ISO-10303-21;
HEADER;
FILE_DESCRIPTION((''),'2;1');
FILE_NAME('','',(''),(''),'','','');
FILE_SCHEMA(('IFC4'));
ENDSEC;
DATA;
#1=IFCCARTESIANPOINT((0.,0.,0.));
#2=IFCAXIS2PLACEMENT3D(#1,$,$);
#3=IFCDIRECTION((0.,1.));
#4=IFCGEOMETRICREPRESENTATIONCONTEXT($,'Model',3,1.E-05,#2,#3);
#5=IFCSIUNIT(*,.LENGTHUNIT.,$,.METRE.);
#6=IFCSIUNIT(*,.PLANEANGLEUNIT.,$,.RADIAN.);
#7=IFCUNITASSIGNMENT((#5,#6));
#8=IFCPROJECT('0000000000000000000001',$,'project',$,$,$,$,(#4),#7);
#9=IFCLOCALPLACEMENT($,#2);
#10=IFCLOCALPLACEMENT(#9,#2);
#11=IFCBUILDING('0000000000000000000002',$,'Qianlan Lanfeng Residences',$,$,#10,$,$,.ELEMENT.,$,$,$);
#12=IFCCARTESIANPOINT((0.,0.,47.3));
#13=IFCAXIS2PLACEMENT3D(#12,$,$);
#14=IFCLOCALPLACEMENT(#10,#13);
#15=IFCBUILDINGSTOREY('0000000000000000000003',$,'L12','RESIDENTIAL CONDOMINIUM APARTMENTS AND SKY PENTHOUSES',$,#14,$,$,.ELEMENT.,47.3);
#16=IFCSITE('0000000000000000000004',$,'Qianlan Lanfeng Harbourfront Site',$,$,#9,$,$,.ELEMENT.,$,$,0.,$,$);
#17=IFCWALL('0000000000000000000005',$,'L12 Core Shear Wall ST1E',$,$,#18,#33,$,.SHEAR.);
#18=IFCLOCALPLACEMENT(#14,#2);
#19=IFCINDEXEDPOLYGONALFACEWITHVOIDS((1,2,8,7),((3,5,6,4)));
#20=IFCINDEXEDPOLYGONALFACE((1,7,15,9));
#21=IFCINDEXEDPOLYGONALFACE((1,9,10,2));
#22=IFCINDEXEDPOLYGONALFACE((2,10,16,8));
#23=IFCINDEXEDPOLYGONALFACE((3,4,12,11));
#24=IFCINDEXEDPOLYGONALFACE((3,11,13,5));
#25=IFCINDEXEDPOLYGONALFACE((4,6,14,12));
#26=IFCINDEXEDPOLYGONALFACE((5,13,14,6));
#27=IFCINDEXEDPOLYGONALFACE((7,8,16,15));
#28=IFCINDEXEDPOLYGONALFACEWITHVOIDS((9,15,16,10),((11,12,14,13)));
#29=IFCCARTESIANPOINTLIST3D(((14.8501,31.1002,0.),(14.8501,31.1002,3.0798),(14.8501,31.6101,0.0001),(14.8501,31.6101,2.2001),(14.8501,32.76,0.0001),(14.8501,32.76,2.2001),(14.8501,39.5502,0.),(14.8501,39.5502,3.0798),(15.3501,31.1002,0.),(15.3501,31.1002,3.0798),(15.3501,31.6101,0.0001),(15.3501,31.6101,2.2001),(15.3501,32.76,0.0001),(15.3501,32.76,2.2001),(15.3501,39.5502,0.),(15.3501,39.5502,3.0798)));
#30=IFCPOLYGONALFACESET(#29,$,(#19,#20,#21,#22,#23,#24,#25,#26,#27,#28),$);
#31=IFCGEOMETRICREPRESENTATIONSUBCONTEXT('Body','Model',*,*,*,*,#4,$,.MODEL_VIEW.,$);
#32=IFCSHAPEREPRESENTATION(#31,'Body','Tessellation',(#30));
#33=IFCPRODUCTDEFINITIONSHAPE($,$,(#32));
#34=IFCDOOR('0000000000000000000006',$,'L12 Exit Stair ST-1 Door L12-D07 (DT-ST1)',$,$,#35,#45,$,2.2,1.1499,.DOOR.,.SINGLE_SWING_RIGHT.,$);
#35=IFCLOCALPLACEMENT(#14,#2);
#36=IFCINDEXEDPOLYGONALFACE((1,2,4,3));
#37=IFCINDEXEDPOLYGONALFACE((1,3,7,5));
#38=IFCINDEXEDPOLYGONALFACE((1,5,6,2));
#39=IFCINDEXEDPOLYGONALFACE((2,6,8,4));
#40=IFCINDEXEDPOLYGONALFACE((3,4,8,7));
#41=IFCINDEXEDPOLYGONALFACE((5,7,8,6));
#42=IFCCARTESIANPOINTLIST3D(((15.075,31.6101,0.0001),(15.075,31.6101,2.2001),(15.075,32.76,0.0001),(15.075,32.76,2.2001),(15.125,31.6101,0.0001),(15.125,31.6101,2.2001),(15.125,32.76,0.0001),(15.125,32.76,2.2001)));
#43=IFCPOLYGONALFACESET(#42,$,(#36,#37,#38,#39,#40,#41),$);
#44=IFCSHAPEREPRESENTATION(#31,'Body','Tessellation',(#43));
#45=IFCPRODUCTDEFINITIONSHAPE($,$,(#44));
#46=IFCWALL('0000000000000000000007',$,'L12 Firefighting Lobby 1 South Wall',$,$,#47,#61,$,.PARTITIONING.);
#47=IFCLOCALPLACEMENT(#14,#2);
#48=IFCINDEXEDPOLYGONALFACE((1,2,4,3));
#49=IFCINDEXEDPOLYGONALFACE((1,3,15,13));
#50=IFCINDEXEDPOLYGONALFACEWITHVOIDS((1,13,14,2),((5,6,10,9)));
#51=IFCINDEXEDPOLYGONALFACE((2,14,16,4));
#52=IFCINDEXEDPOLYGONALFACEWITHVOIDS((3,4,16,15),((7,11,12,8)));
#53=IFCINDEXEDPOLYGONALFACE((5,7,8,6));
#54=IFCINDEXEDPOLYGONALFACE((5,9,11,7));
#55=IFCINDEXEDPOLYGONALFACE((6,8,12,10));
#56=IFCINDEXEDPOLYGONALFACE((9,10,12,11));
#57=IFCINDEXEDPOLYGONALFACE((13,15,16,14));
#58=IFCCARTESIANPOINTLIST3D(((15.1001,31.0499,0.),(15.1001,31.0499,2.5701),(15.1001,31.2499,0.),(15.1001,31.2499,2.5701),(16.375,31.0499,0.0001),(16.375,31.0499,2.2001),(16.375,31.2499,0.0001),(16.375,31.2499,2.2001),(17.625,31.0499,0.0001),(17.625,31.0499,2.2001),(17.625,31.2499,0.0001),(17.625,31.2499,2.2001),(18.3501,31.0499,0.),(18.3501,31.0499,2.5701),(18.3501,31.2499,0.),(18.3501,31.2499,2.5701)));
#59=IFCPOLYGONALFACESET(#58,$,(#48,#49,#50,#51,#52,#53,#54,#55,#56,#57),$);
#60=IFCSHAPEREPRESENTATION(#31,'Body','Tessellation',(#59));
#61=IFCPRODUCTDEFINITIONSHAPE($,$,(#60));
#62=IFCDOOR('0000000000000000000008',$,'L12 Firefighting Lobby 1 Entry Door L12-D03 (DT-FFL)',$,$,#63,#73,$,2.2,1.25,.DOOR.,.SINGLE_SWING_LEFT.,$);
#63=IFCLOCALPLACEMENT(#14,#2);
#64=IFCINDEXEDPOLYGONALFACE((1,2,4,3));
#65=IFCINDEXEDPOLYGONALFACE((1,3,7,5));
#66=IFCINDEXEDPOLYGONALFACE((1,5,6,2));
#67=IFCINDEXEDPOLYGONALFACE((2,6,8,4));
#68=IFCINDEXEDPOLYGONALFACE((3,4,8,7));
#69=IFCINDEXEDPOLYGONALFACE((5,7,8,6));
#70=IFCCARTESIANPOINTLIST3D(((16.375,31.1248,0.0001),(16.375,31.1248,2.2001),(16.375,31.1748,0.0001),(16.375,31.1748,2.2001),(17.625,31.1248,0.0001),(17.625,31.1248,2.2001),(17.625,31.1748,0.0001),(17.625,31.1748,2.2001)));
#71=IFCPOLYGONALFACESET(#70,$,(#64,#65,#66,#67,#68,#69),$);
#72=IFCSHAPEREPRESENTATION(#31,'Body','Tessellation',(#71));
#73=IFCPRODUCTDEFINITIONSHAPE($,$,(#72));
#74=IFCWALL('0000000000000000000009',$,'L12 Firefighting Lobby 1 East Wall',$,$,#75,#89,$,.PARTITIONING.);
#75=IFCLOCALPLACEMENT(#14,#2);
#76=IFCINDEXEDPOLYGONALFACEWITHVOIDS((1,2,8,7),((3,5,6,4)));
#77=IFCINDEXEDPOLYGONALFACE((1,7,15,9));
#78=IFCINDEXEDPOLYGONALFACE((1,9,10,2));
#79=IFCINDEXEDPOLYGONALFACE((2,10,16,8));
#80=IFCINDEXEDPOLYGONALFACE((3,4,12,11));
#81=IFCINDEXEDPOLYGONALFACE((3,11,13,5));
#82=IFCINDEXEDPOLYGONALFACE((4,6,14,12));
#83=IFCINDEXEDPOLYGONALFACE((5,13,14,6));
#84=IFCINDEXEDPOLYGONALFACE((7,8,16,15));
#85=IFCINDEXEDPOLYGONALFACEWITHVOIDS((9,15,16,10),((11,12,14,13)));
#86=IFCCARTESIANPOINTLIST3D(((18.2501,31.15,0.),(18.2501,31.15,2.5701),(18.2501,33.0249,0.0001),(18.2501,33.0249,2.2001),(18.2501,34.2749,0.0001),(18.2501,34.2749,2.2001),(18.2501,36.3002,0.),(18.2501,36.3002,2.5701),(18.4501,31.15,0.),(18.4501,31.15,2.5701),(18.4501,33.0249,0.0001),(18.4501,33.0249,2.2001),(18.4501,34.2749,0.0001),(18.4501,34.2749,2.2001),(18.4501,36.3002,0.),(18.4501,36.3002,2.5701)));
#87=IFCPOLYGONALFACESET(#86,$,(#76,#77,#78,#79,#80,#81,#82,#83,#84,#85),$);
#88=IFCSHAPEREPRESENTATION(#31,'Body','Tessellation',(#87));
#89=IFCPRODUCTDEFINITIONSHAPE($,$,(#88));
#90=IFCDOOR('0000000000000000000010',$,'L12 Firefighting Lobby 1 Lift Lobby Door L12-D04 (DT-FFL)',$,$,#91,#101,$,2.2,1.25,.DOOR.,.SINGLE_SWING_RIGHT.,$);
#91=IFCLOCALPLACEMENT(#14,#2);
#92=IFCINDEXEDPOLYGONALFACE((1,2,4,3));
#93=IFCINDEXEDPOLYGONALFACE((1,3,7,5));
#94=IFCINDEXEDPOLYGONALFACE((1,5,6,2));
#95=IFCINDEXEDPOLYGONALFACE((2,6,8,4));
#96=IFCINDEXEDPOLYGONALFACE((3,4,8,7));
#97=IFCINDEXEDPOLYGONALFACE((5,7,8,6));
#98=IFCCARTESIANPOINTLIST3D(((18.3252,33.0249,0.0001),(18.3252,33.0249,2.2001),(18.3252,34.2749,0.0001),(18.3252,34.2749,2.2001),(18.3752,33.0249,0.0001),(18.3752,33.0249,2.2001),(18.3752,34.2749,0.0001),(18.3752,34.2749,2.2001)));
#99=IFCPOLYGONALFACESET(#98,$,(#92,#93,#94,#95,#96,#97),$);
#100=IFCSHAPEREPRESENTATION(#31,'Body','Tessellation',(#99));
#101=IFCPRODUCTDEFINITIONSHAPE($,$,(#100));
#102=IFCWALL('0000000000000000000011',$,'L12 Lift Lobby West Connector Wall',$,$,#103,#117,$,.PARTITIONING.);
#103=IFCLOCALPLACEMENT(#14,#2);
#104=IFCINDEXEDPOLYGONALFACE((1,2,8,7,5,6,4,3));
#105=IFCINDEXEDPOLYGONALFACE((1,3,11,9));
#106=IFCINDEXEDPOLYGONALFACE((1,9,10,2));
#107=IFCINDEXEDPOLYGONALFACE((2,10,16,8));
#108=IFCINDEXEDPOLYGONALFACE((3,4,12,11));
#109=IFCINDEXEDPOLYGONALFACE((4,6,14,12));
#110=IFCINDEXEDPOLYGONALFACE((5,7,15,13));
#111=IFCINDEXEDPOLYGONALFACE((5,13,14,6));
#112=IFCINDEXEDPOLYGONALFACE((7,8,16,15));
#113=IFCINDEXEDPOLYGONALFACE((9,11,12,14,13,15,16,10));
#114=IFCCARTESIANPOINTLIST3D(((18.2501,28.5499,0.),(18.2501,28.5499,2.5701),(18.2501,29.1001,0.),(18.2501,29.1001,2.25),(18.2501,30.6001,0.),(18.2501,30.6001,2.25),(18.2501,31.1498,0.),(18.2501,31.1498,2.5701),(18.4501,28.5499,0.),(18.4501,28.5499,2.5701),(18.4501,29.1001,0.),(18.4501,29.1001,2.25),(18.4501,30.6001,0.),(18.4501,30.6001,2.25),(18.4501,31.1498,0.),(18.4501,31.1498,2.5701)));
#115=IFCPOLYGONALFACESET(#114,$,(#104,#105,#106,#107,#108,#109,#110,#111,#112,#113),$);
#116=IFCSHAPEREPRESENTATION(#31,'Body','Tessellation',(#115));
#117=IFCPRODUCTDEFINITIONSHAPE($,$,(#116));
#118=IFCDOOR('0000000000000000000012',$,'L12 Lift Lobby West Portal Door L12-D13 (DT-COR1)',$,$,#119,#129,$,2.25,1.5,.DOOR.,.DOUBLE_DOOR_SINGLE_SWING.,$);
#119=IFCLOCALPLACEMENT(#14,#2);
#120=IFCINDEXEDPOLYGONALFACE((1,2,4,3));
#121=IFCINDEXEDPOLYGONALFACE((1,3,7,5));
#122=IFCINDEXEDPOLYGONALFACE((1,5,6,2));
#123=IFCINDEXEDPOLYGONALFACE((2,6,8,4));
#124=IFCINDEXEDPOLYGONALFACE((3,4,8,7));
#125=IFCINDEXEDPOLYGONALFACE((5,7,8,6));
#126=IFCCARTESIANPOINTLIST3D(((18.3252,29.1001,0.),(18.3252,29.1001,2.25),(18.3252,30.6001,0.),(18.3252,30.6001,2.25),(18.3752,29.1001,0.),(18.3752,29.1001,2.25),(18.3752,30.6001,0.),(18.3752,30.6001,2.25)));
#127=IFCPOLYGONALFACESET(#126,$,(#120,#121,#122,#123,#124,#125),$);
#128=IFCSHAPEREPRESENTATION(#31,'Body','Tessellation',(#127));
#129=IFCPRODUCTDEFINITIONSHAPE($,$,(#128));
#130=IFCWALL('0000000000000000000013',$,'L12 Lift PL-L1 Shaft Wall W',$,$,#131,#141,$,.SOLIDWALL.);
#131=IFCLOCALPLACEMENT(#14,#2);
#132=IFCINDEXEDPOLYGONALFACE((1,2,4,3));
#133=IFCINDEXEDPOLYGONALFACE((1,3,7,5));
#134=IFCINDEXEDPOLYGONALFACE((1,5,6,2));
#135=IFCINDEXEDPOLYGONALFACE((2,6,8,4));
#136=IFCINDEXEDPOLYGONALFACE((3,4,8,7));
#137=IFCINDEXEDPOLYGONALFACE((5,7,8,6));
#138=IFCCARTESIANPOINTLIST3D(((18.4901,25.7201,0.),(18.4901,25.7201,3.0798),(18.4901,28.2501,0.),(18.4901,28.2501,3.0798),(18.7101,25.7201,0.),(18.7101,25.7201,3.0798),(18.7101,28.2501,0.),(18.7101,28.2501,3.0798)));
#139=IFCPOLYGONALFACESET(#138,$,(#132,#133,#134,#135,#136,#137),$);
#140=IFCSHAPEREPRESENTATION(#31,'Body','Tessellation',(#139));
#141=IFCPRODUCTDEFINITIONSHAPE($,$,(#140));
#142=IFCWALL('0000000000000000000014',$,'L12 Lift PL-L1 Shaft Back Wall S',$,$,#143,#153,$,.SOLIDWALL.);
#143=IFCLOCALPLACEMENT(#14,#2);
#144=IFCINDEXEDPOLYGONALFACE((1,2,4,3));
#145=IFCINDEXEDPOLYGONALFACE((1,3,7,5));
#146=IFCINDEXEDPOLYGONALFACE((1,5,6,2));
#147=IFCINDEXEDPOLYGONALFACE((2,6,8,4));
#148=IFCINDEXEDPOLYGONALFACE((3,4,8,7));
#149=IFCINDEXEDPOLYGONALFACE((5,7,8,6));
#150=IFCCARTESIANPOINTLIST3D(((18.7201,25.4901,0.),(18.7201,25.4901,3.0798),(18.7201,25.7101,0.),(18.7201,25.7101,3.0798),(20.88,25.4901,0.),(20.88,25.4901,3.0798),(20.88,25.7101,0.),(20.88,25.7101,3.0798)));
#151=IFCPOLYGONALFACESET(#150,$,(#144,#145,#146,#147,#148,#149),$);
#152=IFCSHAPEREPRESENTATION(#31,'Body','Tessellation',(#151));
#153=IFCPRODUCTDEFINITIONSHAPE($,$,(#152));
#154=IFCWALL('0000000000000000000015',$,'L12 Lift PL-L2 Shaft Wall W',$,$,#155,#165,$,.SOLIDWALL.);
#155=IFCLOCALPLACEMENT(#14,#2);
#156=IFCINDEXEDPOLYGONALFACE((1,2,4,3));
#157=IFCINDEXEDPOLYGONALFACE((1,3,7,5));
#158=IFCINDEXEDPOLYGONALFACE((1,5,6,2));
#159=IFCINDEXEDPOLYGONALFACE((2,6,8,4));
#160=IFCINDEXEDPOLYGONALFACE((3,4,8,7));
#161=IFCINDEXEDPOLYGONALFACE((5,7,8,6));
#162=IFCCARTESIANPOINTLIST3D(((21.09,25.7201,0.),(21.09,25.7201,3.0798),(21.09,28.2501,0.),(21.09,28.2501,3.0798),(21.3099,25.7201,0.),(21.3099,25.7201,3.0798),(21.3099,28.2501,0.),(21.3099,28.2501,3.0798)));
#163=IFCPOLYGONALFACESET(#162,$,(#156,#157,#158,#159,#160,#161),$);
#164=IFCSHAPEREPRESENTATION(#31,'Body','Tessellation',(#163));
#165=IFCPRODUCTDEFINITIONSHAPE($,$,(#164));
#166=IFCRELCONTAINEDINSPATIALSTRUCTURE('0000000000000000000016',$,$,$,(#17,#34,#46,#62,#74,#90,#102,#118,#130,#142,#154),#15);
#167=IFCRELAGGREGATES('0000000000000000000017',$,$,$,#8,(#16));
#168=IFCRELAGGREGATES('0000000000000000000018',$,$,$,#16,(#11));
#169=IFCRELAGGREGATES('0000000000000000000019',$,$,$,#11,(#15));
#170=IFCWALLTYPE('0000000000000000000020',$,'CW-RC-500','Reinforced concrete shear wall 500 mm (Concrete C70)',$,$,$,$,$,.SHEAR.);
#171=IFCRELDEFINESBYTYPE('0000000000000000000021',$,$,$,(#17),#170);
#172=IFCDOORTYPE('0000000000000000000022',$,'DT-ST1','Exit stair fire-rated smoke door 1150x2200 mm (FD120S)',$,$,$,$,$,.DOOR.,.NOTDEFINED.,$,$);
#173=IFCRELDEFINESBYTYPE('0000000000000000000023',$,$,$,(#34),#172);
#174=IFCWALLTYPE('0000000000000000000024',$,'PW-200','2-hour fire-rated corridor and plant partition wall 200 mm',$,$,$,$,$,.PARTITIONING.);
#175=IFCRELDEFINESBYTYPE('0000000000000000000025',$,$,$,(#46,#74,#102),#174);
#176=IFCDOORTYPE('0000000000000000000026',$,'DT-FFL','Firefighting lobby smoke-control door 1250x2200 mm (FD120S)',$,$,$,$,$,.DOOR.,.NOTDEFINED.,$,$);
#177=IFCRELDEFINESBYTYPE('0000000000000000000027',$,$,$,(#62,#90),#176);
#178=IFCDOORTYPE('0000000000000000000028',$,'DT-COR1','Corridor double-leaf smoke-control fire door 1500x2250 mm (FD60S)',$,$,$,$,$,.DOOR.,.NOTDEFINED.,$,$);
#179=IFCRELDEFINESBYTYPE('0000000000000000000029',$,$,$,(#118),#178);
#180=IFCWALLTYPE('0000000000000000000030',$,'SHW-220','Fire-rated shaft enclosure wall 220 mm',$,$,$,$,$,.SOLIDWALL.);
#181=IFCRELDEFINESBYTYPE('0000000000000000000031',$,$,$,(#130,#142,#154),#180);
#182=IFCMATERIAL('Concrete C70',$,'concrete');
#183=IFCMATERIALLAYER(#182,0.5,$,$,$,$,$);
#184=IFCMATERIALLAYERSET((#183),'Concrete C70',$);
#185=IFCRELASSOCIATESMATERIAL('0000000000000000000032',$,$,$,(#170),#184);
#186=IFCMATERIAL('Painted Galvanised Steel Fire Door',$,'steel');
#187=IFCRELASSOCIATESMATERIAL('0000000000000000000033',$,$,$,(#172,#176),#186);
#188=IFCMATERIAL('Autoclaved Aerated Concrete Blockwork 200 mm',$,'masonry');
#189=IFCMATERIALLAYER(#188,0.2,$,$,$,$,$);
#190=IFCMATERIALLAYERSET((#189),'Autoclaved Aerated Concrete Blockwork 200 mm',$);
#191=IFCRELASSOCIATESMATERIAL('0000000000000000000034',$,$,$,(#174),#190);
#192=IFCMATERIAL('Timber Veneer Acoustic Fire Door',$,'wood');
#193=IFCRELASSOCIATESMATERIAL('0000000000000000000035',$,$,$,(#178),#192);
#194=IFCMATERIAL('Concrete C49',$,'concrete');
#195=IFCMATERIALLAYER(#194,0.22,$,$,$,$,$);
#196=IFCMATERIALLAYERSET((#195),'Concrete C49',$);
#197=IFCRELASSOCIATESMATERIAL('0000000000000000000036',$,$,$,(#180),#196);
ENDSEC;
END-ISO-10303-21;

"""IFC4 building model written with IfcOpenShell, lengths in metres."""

from ifc_helpers import new_model, si_unit, direction, frame, frame_2d, origin, place, context, subcontext, project, spatial, rectangle, extrude, material, layer, layer_set, type_object, element, fill, save


model = new_model("IFC4")

# Units and contexts
model_context = context("Model", 3, precision=1e-05, world=origin(), true_north=direction((0.0, 1.0)))
body_context = subcontext(model_context, "Body", "Model", "MODEL_VIEW")
ifc_project = project(units=[si_unit("LENGTHUNIT", "METRE"), si_unit("PLANEANGLEUNIT", "RADIAN")], contexts=[model_context])

# Site, building, storey
site_placement = place(None, origin())
site = spatial("IfcSite", under=ifc_project, at=site_placement, Name="Qianlan Lanfeng Harbourfront Site", CompositionType="ELEMENT", RefElevation=0.0)
building_placement = place(site_placement, origin())
building = spatial("IfcBuilding", under=site, at=building_placement, Name="Qianlan Lanfeng Residences", CompositionType="ELEMENT")
storey_placement = place(building_placement, frame((0.0, 0.0, 47.3)))
storey = spatial("IfcBuildingStorey", under=building, at=storey_placement, Name="L12", Description="RESIDENTIAL CONDOMINIUM APARTMENTS AND SKY PENTHOUSES", CompositionType="ELEMENT", Elevation=47.3)

# Wall, opening, door
ifc_material_1 = material(Name="Concrete C70", Category="concrete")
ifc_layer_1 = layer(ifc_material_1, 0.5)
ifc_layer_set_1 = layer_set([ifc_layer_1], Name="Concrete C70")
wall_type_1 = type_object("IfcWallType", Name="CW-RC-500", Description="Reinforced concrete shear wall 500 mm (Concrete C70)", PredefinedType="SHEAR", material=ifc_layer_set_1)
wall_1_placement = place(storey_placement, frame((15.1001, 31.1001, 0.0), z_axis=(0.0, 0.0, 1.0), x_axis=(0.0, 1.0, 0.0)))
wall_1 = element("IfcWall", 1, at=wall_1_placement, inside=storey, type_object=wall_type_1, Name="L12 Core Shear Wall ST1E", PredefinedType="SHEAR", context=body_context, shape_type="SweptSolid", body=[
    extrude(rectangle(XDim=8.45, YDim=0.5, at=frame_2d((4.2251, 0.0))), origin(), (0.0, 0.0, 1.0), 3.0798),
])
opening_1_placement = place(wall_1_placement, frame((0.51, 0.0, 0.0)))
opening_1 = element("IfcOpeningElement", 2, at=opening_1_placement, cuts=wall_1, PredefinedType="OPENING", context=body_context, shape_type="SweptSolid", body=[
    extrude(rectangle(XDim=1.1499, YDim=2.2, at=frame_2d((0.575, 1.1001))), frame((0.0, 0.26, 0.0), z_axis=(0.0, -1.0, 0.0), x_axis=(1.0, 0.0, 0.0)), (0.0, 0.0, 1.0), 0.52),
])
ifc_material_2 = material(Name="Painted Galvanised Steel Fire Door", Category="steel")
door_type_1 = type_object("IfcDoorType", Name="DT-ST1", Description="Exit stair fire-rated smoke door 1150x2200 mm (FD120S)", OperationType="NOTDEFINED", PredefinedType="DOOR", material=ifc_material_2)
door_1_placement = place(opening_1_placement, frame((1.1499, 0.0, 0.0), z_axis=(0.0, 0.0, 1.0), x_axis=(-1.0, 0.0, 0.0)))
door_1 = element("IfcDoor", 3, at=door_1_placement, inside=storey, type_object=door_type_1, Name="L12 Exit Stair ST-1 Door L12-D07 (DT-ST1)", OperationType="SINGLE_SWING_RIGHT", OverallHeight=2.2, OverallWidth=1.1499, PredefinedType="DOOR", context=body_context, shape_type="SweptSolid", body=[
    extrude(rectangle(XDim=1.1499, YDim=2.2, at=frame_2d((0.575, 1.1001))), frame((0.0, 0.0249, 0.0), z_axis=(0.0, -1.0, 0.0), x_axis=(1.0, 0.0, 0.0)), (0.0, 0.0, 1.0), 0.05),
])
fill(opening_1, door_1)

# Walls, openings, doors
ifc_material_3 = material(Name="Autoclaved Aerated Concrete Blockwork 200 mm", Category="masonry")
ifc_layer_2 = layer(ifc_material_3, 0.2)
ifc_layer_set_2 = layer_set([ifc_layer_2], Name="Autoclaved Aerated Concrete Blockwork 200 mm")
wall_type_2 = type_object("IfcWallType", Name="PW-200", Description="2-hour fire-rated corridor and plant partition wall 200 mm", PredefinedType="PARTITIONING", material=ifc_layer_set_2)
wall_2_placement = place(storey_placement, frame((15.1001, 31.1499, 0.0), z_axis=(0.0, 0.0, 1.0), x_axis=(1.0, 0.0, 0.0)))
wall_2 = element("IfcWall", 4, at=wall_2_placement, inside=storey, type_object=wall_type_2, Name="L12 Firefighting Lobby 1 South Wall", PredefinedType="PARTITIONING", context=body_context, shape_type="SweptSolid", body=[
    extrude(rectangle(XDim=3.25, YDim=0.2, at=frame_2d((1.625, 0.0))), origin(), (0.0, 0.0, 1.0), 2.5701),
])
opening_2_placement = place(wall_2_placement, frame((1.2749, 0.0, 0.0)))
opening_2 = element("IfcOpeningElement", 5, at=opening_2_placement, cuts=wall_2, PredefinedType="OPENING", context=body_context, shape_type="SweptSolid", body=[
    extrude(rectangle(XDim=1.25, YDim=2.2, at=frame_2d((0.625, 1.1001))), frame((0.0, 0.1099, 0.0), z_axis=(0.0, -1.0, 0.0), x_axis=(1.0, 0.0, 0.0)), (0.0, 0.0, 1.0), 0.22),
])
door_type_2 = type_object("IfcDoorType", Name="DT-FFL", Description="Firefighting lobby smoke-control door 1250x2200 mm (FD120S)", OperationType="NOTDEFINED", PredefinedType="DOOR", material=ifc_material_2)
door_2_placement = place(opening_2_placement, origin())
door_2 = element("IfcDoor", 6, at=door_2_placement, inside=storey, type_object=door_type_2, Name="L12 Firefighting Lobby 1 Entry Door L12-D03 (DT-FFL)", OperationType="SINGLE_SWING_LEFT", OverallHeight=2.2, OverallWidth=1.25, PredefinedType="DOOR", context=body_context, shape_type="SweptSolid", body=[
    extrude(rectangle(XDim=1.25, YDim=2.2, at=frame_2d((0.625, 1.1001))), frame((0.0, 0.0249, 0.0), z_axis=(0.0, -1.0, 0.0), x_axis=(1.0, 0.0, 0.0)), (0.0, 0.0, 1.0), 0.05),
])
fill(opening_2, door_2)
wall_3_placement = place(storey_placement, frame((18.3501, 31.1499, 0.0), z_axis=(0.0, 0.0, 1.0), x_axis=(0.0, 1.0, 0.0)))
wall_3 = element("IfcWall", 7, at=wall_3_placement, inside=storey, type_object=wall_type_2, Name="L12 Firefighting Lobby 1 East Wall", PredefinedType="PARTITIONING", context=body_context, shape_type="SweptSolid", body=[
    extrude(rectangle(XDim=5.1501, YDim=0.2, at=frame_2d((2.5752, 0.0))), origin(), (0.0, 0.0, 1.0), 2.5701),
])
opening_3_placement = place(wall_3_placement, frame((1.875, 0.0, 0.0)))
opening_3 = element("IfcOpeningElement", 8, at=opening_3_placement, cuts=wall_3, PredefinedType="OPENING", context=body_context, shape_type="SweptSolid", body=[
    extrude(rectangle(XDim=1.25, YDim=2.2, at=frame_2d((0.625, 1.1001))), frame((0.0, 0.1099, 0.0), z_axis=(0.0, -1.0, 0.0), x_axis=(1.0, 0.0, 0.0)), (0.0, 0.0, 1.0), 0.22),
])
door_3_placement = place(opening_3_placement, origin())
door_3 = element("IfcDoor", 9, at=door_3_placement, inside=storey, type_object=door_type_2, Name="L12 Firefighting Lobby 1 Lift Lobby Door L12-D04 (DT-FFL)", OperationType="SINGLE_SWING_RIGHT", OverallHeight=2.2, OverallWidth=1.25, PredefinedType="DOOR", context=body_context, shape_type="SweptSolid", body=[
    extrude(rectangle(XDim=1.25, YDim=2.2, at=frame_2d((0.625, 1.1001))), frame((0.0, 0.0249, 0.0), z_axis=(0.0, -1.0, 0.0), x_axis=(1.0, 0.0, 0.0)), (0.0, 0.0, 1.0), 0.05),
])
fill(opening_3, door_3)
wall_4_placement = place(storey_placement, frame((18.3501, 28.55, 0.0), z_axis=(0.0, 0.0, 1.0), x_axis=(0.0, 1.0, 0.0)))
wall_4 = element("IfcWall", 10, at=wall_4_placement, inside=storey, type_object=wall_type_2, Name="L12 Lift Lobby West Connector Wall", PredefinedType="PARTITIONING", context=body_context, shape_type="SweptSolid", body=[
    extrude(rectangle(XDim=2.5999, YDim=0.2, at=frame_2d((1.2998, 0.0))), origin(), (0.0, 0.0, 1.0), 2.5701),
])
opening_4_placement = place(wall_4_placement, frame((0.55, 0.0, 0.0)))
opening_4 = element("IfcOpeningElement", 11, at=opening_4_placement, cuts=wall_4, PredefinedType="OPENING", context=body_context, shape_type="SweptSolid", body=[
    extrude(rectangle(XDim=1.5, YDim=2.25, at=frame_2d((0.75, 1.125))), frame((0.0, 0.1099, 0.0), z_axis=(0.0, -1.0, 0.0), x_axis=(1.0, 0.0, 0.0)), (0.0, 0.0, 1.0), 0.22),
])
ifc_material_4 = material(Name="Timber Veneer Acoustic Fire Door", Category="wood")
door_type_3 = type_object("IfcDoorType", Name="DT-COR1", Description="Corridor double-leaf smoke-control fire door 1500x2250 mm (FD60S)", OperationType="NOTDEFINED", PredefinedType="DOOR", material=ifc_material_4)
door_4_placement = place(opening_4_placement, origin())
door_4 = element("IfcDoor", 12, at=door_4_placement, inside=storey, type_object=door_type_3, Name="L12 Lift Lobby West Portal Door L12-D13 (DT-COR1)", OperationType="DOUBLE_DOOR_SINGLE_SWING", OverallHeight=2.25, OverallWidth=1.5, PredefinedType="DOOR", context=body_context, shape_type="SweptSolid", body=[
    extrude(rectangle(XDim=1.5, YDim=2.25, at=frame_2d((0.75, 1.125))), frame((0.0, 0.0249, 0.0), z_axis=(0.0, -1.0, 0.0), x_axis=(1.0, 0.0, 0.0)), (0.0, 0.0, 1.0), 0.05),
])
fill(opening_4, door_4)

# Walls
ifc_material_5 = material(Name="Concrete C49", Category="concrete")
ifc_layer_3 = layer(ifc_material_5, 0.22)
ifc_layer_set_3 = layer_set([ifc_layer_3], Name="Concrete C49")
wall_type_3 = type_object("IfcWallType", Name="SHW-220", Description="Fire-rated shaft enclosure wall 220 mm", PredefinedType="SOLIDWALL", material=ifc_layer_set_3)
wall_5_placement = place(storey_placement, frame((18.6001, 25.72, 0.0), z_axis=(0.0, 0.0, 1.0), x_axis=(0.0, 1.0, 0.0)))
element("IfcWall", 13, at=wall_5_placement, inside=storey, type_object=wall_type_3, Name="L12 Lift PL-L1 Shaft Wall W", PredefinedType="SOLIDWALL", context=body_context, shape_type="SweptSolid", body=[
    extrude(rectangle(XDim=2.53, YDim=0.22, at=frame_2d((1.2651, 0.0))), origin(), (0.0, 0.0, 1.0), 3.0798),
])
wall_6_placement = place(storey_placement, frame((18.72, 25.6001, 0.0), z_axis=(0.0, 0.0, 1.0), x_axis=(1.0, 0.0, 0.0)))
element("IfcWall", 14, at=wall_6_placement, inside=storey, type_object=wall_type_3, Name="L12 Lift PL-L1 Shaft Back Wall S", PredefinedType="SOLIDWALL", context=body_context, shape_type="SweptSolid", body=[
    extrude(rectangle(XDim=2.1599, YDim=0.22, at=frame_2d((1.0801, 0.0))), origin(), (0.0, 0.0, 1.0), 3.0798),
])
wall_7_placement = place(storey_placement, frame((21.2, 25.72, 0.0), z_axis=(0.0, 0.0, 1.0), x_axis=(0.0, 1.0, 0.0)))
element("IfcWall", 15, at=wall_7_placement, inside=storey, type_object=wall_type_3, Name="L12 Lift PL-L2 Shaft Wall W", PredefinedType="SOLIDWALL", context=body_context, shape_type="SweptSolid", body=[
    extrude(rectangle(XDim=2.53, YDim=0.22, at=frame_2d((1.2651, 0.0))), origin(), (0.0, 0.0, 1.0), 3.0798),
])

save(model, "model.ifc")
